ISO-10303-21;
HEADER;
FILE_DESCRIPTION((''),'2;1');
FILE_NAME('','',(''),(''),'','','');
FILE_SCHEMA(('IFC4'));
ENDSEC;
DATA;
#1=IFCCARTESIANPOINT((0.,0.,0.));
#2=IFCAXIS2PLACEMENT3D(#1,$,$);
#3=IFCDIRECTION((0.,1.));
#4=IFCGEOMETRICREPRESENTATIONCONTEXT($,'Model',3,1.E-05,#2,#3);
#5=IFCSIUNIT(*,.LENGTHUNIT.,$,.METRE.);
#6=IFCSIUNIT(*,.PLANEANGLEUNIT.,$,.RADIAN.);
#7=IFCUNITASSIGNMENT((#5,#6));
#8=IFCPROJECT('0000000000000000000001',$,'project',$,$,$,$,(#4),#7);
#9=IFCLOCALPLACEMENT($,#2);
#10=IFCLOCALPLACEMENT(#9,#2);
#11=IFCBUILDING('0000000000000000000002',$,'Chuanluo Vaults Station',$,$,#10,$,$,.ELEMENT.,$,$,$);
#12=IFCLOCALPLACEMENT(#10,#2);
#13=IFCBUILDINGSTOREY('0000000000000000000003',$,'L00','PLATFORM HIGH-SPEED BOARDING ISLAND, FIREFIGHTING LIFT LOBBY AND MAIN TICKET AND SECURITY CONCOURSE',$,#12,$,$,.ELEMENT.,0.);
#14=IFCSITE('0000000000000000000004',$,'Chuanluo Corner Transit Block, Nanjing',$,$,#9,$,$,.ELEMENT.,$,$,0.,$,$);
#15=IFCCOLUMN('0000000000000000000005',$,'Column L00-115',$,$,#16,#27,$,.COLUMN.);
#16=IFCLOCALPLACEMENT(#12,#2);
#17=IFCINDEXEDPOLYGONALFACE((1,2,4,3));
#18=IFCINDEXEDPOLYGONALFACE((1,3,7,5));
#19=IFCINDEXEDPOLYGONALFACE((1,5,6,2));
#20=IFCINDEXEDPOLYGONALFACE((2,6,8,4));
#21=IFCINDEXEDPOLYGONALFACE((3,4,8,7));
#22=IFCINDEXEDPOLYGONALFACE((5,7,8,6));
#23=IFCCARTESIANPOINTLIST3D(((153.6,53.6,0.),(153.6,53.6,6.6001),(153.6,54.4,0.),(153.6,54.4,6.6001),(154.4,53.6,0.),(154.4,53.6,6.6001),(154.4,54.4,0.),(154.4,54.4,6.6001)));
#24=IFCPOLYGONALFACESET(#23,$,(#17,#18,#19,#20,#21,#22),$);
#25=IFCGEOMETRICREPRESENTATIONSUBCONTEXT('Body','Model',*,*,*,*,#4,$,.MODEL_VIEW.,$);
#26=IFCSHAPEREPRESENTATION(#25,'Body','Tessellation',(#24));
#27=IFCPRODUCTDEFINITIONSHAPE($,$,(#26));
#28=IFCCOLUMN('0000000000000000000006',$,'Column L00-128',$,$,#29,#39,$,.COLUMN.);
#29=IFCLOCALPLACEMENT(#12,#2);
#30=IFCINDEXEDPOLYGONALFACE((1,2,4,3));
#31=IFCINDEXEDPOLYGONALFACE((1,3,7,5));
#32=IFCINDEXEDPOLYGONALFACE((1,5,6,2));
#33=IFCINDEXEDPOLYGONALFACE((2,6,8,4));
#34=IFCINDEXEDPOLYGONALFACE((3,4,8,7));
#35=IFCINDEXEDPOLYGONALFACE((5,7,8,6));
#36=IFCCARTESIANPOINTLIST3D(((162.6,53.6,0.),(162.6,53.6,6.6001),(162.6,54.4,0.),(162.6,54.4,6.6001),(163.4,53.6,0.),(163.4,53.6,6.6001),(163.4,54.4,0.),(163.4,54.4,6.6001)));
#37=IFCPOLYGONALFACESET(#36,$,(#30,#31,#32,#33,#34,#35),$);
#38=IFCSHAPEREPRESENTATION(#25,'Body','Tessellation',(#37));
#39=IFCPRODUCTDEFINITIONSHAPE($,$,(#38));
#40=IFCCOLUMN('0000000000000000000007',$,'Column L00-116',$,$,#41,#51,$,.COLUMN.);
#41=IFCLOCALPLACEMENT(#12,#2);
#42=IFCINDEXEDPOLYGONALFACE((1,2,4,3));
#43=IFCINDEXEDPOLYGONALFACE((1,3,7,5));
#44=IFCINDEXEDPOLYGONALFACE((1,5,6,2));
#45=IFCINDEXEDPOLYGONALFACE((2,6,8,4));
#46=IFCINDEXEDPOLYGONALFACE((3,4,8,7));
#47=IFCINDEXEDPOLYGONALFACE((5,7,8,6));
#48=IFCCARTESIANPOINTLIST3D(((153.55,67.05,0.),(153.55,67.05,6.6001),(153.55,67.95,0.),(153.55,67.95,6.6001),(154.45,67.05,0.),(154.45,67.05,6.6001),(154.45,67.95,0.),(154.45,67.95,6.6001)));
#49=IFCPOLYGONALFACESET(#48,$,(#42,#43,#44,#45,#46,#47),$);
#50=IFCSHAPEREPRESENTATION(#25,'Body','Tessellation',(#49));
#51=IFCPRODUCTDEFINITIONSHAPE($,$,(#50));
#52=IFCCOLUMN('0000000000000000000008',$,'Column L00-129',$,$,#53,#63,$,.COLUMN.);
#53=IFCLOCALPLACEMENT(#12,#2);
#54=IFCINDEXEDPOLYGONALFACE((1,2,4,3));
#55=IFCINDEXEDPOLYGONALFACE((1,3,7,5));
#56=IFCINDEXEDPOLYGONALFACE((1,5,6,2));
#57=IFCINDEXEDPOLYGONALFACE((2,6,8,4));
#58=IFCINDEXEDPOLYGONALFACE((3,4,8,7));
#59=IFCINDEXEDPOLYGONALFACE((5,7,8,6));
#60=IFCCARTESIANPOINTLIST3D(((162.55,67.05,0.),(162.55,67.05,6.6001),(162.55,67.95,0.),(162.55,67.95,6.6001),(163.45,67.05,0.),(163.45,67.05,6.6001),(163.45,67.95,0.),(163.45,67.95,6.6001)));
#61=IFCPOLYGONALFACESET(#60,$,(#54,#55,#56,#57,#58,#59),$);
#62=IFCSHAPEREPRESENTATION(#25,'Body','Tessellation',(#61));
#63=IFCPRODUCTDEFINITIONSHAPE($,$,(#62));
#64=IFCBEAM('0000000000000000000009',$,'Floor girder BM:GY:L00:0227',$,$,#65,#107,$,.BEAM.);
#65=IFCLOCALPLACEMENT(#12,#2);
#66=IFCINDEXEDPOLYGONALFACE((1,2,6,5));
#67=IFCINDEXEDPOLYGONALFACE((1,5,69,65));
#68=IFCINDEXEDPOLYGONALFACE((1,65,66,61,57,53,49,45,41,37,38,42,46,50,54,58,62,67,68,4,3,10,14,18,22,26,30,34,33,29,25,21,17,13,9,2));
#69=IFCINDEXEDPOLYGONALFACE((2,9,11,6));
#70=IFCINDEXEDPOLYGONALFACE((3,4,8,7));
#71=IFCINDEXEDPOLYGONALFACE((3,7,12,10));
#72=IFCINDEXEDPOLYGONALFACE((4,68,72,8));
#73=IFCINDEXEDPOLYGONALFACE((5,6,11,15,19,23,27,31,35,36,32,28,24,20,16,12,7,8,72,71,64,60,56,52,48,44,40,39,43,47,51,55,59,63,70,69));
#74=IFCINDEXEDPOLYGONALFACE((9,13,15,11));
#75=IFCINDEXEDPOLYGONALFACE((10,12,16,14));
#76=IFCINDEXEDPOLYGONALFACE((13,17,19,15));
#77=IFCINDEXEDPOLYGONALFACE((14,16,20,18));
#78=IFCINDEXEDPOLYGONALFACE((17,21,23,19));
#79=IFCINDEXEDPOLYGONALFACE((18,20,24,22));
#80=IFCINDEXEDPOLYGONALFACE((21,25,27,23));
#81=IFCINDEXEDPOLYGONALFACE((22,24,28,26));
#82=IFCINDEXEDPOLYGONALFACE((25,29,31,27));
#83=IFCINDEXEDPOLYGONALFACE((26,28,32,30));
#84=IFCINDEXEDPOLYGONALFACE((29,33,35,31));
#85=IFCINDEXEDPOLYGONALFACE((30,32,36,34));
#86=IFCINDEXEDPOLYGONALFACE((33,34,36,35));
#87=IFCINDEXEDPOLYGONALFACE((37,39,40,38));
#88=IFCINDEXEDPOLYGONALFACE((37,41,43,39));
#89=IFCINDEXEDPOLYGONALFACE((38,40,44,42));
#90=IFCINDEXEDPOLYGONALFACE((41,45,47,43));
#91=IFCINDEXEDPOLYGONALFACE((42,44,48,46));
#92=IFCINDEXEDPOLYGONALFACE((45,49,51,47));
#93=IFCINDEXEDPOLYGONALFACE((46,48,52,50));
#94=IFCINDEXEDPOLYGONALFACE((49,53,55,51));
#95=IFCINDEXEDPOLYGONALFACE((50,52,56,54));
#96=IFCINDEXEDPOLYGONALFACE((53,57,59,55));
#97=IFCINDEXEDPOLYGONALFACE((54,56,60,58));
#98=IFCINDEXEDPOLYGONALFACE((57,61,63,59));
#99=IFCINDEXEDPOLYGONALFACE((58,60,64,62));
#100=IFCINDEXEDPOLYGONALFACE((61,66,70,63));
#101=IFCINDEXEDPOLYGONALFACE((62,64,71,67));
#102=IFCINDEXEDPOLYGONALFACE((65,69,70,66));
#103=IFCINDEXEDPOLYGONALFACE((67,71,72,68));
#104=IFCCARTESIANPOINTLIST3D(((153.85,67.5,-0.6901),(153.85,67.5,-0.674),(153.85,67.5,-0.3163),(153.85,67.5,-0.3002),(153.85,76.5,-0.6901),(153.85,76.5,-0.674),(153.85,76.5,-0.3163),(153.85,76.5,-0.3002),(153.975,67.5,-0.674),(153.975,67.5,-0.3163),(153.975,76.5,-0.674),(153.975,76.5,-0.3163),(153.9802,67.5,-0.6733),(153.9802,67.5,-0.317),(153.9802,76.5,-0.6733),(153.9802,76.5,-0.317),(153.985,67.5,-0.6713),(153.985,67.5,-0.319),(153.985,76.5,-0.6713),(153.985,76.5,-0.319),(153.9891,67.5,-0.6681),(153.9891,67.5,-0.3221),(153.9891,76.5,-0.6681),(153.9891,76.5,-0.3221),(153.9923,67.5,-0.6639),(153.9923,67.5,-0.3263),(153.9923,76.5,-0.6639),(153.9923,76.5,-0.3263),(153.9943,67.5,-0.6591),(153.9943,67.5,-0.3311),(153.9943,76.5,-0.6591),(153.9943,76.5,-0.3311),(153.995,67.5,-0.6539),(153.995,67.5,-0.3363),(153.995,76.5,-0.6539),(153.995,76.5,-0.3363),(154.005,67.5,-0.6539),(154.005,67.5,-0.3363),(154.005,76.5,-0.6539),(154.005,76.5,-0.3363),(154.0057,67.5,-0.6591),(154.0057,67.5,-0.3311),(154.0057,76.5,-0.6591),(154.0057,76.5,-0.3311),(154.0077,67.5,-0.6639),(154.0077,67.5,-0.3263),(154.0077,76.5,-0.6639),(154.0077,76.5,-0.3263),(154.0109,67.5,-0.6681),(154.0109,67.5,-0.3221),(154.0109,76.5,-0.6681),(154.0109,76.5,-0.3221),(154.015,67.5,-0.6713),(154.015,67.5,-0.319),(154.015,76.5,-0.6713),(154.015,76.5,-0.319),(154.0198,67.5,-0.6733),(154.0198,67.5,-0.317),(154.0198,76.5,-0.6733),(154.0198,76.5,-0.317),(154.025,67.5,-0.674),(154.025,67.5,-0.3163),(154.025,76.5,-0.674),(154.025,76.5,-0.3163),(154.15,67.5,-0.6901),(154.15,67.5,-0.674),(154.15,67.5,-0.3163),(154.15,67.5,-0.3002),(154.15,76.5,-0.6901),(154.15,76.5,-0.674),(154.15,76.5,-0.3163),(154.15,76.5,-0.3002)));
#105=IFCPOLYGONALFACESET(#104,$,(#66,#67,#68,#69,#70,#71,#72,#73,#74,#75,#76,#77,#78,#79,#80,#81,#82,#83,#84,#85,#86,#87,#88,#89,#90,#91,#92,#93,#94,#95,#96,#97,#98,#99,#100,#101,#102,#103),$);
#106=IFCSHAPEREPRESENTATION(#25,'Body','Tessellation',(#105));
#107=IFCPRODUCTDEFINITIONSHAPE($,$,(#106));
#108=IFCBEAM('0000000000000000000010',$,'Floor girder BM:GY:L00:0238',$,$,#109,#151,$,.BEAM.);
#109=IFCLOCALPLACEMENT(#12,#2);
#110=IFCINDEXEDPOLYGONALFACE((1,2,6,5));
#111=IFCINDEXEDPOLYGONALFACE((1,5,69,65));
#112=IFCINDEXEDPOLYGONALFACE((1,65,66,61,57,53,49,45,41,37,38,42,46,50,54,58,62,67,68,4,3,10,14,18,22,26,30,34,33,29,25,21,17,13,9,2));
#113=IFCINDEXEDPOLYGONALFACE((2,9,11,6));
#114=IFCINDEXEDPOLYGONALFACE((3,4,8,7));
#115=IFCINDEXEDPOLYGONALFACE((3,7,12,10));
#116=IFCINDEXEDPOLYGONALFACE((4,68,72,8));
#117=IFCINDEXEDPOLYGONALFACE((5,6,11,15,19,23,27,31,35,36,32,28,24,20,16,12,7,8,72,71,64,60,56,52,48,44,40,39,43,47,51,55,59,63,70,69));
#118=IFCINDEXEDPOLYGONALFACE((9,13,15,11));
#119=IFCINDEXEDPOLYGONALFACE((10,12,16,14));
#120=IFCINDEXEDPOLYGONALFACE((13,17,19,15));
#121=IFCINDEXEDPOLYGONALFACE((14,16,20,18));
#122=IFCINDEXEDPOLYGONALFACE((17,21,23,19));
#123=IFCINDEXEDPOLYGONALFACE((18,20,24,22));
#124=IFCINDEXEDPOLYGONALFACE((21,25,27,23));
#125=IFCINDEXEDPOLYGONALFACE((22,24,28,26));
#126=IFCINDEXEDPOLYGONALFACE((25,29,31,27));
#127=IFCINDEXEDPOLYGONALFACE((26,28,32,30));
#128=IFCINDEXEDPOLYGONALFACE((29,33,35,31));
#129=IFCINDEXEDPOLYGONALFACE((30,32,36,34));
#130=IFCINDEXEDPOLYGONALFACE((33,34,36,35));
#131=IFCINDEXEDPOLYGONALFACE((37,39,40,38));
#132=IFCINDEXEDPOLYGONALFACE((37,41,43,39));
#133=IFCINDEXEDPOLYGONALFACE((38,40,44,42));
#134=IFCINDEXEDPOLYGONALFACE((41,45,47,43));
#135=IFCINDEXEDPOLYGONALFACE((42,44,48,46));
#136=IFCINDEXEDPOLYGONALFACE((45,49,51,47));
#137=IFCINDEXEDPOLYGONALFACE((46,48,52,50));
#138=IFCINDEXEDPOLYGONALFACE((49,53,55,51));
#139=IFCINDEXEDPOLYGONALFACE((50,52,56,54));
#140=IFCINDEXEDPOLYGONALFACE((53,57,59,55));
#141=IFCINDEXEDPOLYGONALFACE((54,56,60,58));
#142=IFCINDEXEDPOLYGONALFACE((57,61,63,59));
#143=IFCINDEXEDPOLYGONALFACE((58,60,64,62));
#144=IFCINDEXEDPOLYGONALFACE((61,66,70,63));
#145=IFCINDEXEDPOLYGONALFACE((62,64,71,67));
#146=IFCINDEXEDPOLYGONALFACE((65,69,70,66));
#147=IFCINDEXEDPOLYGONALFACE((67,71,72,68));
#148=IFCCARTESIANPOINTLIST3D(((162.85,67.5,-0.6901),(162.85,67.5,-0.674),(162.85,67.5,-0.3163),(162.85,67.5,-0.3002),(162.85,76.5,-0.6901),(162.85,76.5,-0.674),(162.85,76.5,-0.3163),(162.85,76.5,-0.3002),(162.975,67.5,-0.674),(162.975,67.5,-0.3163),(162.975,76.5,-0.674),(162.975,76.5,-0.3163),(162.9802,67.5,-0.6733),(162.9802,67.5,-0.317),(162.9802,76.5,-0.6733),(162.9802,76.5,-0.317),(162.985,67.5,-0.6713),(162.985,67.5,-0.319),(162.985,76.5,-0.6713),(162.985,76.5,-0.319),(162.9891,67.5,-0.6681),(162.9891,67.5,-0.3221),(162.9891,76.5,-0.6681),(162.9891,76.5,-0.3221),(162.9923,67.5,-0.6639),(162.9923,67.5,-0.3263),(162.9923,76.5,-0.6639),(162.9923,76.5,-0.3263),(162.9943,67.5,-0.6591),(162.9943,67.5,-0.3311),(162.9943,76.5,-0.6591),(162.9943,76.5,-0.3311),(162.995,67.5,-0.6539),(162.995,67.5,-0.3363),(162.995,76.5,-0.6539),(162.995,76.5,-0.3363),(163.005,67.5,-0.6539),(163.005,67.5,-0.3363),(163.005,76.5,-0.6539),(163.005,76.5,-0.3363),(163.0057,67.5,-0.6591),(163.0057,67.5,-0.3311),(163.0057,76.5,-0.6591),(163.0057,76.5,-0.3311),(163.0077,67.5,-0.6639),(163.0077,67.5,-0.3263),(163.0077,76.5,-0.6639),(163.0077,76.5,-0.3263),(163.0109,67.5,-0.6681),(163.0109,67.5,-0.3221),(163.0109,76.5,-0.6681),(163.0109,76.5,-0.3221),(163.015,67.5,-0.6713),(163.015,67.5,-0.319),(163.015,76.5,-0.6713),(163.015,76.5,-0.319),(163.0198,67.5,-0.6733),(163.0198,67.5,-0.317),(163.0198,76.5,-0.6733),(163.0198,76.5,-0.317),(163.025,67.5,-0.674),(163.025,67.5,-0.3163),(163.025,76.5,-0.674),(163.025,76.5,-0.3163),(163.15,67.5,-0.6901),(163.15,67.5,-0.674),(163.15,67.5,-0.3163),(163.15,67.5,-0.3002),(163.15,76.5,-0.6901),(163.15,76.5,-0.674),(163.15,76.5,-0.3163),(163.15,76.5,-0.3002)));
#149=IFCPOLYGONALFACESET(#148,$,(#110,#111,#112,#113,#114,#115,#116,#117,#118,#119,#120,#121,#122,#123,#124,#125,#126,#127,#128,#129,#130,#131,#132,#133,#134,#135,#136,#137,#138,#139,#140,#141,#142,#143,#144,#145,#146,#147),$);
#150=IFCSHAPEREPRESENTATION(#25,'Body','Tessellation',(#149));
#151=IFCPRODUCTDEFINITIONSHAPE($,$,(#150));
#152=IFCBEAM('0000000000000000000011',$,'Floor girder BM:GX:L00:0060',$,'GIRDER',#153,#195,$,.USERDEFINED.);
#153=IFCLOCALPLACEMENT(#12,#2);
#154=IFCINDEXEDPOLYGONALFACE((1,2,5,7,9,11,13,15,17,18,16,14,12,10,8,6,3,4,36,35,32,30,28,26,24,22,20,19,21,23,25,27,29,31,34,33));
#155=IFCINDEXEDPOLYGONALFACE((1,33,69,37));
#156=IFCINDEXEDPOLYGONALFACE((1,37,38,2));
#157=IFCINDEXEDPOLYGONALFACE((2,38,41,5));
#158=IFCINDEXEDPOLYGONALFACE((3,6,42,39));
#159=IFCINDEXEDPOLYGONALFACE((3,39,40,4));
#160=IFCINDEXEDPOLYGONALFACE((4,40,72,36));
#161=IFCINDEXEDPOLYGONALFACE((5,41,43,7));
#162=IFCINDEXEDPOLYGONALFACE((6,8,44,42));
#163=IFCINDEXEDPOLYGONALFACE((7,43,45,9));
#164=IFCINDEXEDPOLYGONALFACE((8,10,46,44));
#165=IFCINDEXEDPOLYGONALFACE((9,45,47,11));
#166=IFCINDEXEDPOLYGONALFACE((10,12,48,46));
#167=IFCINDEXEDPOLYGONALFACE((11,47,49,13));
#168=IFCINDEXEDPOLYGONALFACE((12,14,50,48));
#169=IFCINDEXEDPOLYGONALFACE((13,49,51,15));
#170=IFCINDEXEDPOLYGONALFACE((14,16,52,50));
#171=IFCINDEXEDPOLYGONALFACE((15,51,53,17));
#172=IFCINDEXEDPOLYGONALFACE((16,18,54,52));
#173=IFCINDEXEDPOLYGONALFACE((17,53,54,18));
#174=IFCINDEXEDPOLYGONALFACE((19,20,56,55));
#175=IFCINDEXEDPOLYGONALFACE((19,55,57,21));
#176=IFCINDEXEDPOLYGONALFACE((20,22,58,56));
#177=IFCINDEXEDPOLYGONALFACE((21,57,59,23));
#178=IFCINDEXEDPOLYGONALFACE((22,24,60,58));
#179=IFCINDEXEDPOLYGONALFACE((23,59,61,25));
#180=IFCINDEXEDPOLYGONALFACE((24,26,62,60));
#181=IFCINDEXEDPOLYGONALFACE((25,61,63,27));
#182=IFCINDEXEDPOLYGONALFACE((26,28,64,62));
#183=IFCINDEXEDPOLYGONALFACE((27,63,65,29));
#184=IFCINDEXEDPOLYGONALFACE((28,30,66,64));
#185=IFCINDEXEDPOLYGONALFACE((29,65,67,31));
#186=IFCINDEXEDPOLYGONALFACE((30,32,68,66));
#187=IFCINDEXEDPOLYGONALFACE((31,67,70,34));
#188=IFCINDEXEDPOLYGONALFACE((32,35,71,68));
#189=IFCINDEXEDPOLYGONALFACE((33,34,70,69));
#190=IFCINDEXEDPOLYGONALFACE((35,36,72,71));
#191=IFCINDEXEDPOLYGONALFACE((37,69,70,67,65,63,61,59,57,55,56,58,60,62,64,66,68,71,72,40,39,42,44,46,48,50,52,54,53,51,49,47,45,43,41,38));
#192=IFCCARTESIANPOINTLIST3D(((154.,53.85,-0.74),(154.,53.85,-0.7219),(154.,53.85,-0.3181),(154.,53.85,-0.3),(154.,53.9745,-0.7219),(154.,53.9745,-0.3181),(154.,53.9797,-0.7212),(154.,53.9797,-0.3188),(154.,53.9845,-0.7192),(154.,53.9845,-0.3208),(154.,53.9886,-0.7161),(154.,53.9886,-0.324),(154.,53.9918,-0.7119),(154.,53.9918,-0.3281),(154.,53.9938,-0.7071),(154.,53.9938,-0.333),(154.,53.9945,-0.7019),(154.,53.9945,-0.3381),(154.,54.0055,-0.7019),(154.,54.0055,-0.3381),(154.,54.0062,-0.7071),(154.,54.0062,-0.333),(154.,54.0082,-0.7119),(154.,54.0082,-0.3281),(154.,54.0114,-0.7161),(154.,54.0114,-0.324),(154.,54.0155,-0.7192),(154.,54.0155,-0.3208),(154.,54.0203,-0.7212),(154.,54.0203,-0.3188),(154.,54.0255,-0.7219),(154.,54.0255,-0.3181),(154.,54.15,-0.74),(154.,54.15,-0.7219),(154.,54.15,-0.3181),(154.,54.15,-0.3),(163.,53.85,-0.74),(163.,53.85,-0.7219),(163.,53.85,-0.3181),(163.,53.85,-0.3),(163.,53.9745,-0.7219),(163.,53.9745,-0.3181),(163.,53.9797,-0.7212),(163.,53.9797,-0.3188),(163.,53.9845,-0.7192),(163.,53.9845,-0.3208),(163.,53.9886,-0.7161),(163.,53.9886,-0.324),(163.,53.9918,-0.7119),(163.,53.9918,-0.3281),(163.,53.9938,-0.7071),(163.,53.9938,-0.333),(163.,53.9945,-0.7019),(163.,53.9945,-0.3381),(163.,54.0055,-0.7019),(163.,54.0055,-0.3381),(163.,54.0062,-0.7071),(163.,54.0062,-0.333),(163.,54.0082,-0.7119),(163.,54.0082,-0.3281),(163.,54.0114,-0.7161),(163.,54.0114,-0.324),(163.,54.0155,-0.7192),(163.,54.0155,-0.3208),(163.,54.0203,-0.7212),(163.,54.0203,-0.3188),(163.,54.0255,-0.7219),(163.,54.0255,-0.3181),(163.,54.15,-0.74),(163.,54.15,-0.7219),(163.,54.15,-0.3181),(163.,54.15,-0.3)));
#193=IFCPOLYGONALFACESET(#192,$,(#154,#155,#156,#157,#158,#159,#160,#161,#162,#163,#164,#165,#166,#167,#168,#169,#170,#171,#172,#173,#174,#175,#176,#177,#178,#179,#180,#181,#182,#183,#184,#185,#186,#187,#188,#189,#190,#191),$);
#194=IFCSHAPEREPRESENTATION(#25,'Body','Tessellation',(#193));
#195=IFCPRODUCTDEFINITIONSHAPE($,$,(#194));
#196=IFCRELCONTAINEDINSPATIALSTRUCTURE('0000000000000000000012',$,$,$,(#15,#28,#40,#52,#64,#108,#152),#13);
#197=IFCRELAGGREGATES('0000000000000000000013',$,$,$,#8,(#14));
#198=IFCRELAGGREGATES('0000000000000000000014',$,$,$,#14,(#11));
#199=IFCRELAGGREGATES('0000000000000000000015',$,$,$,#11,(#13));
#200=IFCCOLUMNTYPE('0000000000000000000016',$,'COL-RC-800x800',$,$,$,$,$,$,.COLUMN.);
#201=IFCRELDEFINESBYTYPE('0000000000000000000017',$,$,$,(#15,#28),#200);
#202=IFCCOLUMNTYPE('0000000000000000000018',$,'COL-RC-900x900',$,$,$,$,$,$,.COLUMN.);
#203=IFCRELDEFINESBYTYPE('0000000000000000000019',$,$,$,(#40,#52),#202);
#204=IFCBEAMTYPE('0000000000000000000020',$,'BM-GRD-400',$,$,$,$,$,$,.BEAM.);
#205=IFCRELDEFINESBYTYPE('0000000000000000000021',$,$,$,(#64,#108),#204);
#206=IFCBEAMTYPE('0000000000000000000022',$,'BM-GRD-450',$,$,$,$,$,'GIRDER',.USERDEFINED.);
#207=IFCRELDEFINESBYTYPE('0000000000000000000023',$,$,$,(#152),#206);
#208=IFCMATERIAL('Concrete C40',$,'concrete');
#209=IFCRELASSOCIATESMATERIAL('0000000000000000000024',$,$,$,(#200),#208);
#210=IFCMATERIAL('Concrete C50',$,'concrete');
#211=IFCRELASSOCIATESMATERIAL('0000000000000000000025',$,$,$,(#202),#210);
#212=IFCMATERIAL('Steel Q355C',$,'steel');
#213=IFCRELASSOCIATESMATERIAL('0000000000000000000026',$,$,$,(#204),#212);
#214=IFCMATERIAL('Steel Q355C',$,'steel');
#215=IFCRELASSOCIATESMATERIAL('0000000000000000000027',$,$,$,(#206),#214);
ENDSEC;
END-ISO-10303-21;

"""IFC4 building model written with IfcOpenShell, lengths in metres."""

from ifc_helpers import new_model, si_unit, direction, frame, origin, origin_2d, place, context, subcontext, project, spatial, rectangle, i_section, extrude, material, material_profile, profile_set, type_object, element, save


model = new_model("IFC4")

# Units and contexts
model_context = context("Model", 3, precision=1e-05, world=origin(), true_north=direction((0.0, 1.0)))
body_context = subcontext(model_context, "Body", "Model", "MODEL_VIEW")
ifc_project = project(units=[si_unit("LENGTHUNIT", "METRE"), si_unit("PLANEANGLEUNIT", "RADIAN")], contexts=[model_context])

# Site, building, storey
site_placement = place(None, origin())
site = spatial("IfcSite", under=ifc_project, at=site_placement, Name="Chuanluo Corner Transit Block, Nanjing", CompositionType="ELEMENT", RefElevation=0.0)
building_placement = place(site_placement, origin())
building = spatial("IfcBuilding", under=site, at=building_placement, Name="Chuanluo Vaults Station", CompositionType="ELEMENT")
storey_placement = place(building_placement, origin())
storey = spatial("IfcBuildingStorey", under=building, at=storey_placement, Name="L00", Description="PLATFORM HIGH-SPEED BOARDING ISLAND, FIREFIGHTING LIFT LOBBY AND MAIN TICKET AND SECURITY CONCOURSE", CompositionType="ELEMENT", Elevation=0.0)

# Columns
ifc_material_1 = material(Name="Concrete C40", Category="concrete")
ifc_material_profile_1 = material_profile(ifc_material_1, rectangle(XDim=0.8, YDim=0.8, at=origin_2d()))
ifc_profile_set_1 = profile_set([ifc_material_profile_1], Name="Concrete C40")
column_type_1 = type_object("IfcColumnType", Name="COL-RC-800x800", PredefinedType="COLUMN", material=ifc_profile_set_1)
for number, where, z_axis, x_axis, name in (
    (1, (154.0, 54.0, 0.0), (0.0, 0.0, 1.0), (1.0, 0.0, 0.0), "Column L00-115"),
    (2, (163.0, 54.0, 0.0), (0.0, 0.0, 1.0), (1.0, 0.0, 0.0), "Column L00-128"),
):
    element("IfcColumn", number, at=place(storey_placement, frame(where, z_axis=z_axis, x_axis=x_axis)), inside=storey, type_object=column_type_1, Name=name, PredefinedType="COLUMN", context=body_context, shape_type="SweptSolid", body=[
        extrude(rectangle(XDim=0.8, YDim=0.8, at=origin_2d()), origin(), (0.0, 0.0, 1.0), 6.6001),
    ])
ifc_material_2 = material(Name="Concrete C50", Category="concrete")
ifc_material_profile_2 = material_profile(ifc_material_2, rectangle(XDim=0.8999, YDim=0.8999, at=origin_2d()))
ifc_profile_set_2 = profile_set([ifc_material_profile_2], Name="Concrete C50")
column_type_2 = type_object("IfcColumnType", Name="COL-RC-900x900", PredefinedType="COLUMN", material=ifc_profile_set_2)
for number, where, z_axis, x_axis, name in (
    (3, (154.0, 67.5, 0.0), (0.0, 0.0, 1.0), (1.0, 0.0, 0.0), "Column L00-116"),
    (4, (163.0, 67.5, 0.0), (0.0, 0.0, 1.0), (1.0, 0.0, 0.0), "Column L00-129"),
):
    element("IfcColumn", number, at=place(storey_placement, frame(where, z_axis=z_axis, x_axis=x_axis)), inside=storey, type_object=column_type_2, Name=name, PredefinedType="COLUMN", context=body_context, shape_type="SweptSolid", body=[
        extrude(rectangle(XDim=0.8999, YDim=0.8999, at=origin_2d()), origin(), (0.0, 0.0, 1.0), 6.6001),
    ])

# Beams
ifc_material_3 = material(Name="Steel Q355C", Category="steel")
ifc_material_profile_3 = material_profile(ifc_material_3, i_section(OverallWidth=0.3, OverallDepth=0.3899, WebThickness=0.01, FlangeThickness=0.0161, FilletRadius=0.02, at=origin_2d()))
ifc_profile_set_3 = profile_set([ifc_material_profile_3], Name="Steel Q355C")
beam_type_1 = type_object("IfcBeamType", Name="BM-GRD-400", PredefinedType="BEAM", material=ifc_profile_set_3)
for number, where, z_axis, x_axis, name in (
    (5, (154.0, 67.5, -0.4951), (0.0, 1.0, 0.0), (-1.0, 0.0, 0.0), "Floor girder BM:GY:L00:0227"),
    (6, (163.0, 67.5, -0.4951), (0.0, 1.0, 0.0), (-1.0, 0.0, 0.0), "Floor girder BM:GY:L00:0238"),
):
    element("IfcBeam", number, at=place(storey_placement, frame(where, z_axis=z_axis, x_axis=x_axis)), inside=storey, type_object=beam_type_1, Name=name, PredefinedType="BEAM", context=body_context, shape_type="SweptSolid", body=[
        extrude(i_section(OverallWidth=0.3, OverallDepth=0.3899, WebThickness=0.01, FlangeThickness=0.0161, FilletRadius=0.02, at=origin_2d()), origin(), (0.0, 0.0, 1.0), 9.0),
    ])
ifc_material_4 = material(Name="Steel Q355C", Category="steel")
ifc_material_profile_4 = material_profile(ifc_material_4, i_section(OverallWidth=0.3, OverallDepth=0.4399, WebThickness=0.011, FlangeThickness=0.0181, FilletRadius=0.02, at=origin_2d()))
ifc_profile_set_4 = profile_set([ifc_material_profile_4], Name="Steel Q355C")
beam_type_2 = type_object("IfcBeamType", Name="BM-GRD-450", ElementType="GIRDER", PredefinedType="USERDEFINED", material=ifc_profile_set_4)
for number, where, z_axis, x_axis, name in (
    (7, (154.0, 54.0, -0.52), (1.0, 0.0, 0.0), (0.0, 1.0, 0.0), "Floor girder BM:GX:L00:0060"),
):
    element("IfcBeam", number, at=place(storey_placement, frame(where, z_axis=z_axis, x_axis=x_axis)), inside=storey, type_object=beam_type_2, Name=name, ObjectType="GIRDER", PredefinedType="USERDEFINED", context=body_context, shape_type="SweptSolid", body=[
        extrude(i_section(OverallWidth=0.3, OverallDepth=0.4399, WebThickness=0.011, FlangeThickness=0.0181, FilletRadius=0.02, at=origin_2d()), origin(), (0.0, 0.0, 1.0), 9.0),
    ])

save(model, "model.ifc")
